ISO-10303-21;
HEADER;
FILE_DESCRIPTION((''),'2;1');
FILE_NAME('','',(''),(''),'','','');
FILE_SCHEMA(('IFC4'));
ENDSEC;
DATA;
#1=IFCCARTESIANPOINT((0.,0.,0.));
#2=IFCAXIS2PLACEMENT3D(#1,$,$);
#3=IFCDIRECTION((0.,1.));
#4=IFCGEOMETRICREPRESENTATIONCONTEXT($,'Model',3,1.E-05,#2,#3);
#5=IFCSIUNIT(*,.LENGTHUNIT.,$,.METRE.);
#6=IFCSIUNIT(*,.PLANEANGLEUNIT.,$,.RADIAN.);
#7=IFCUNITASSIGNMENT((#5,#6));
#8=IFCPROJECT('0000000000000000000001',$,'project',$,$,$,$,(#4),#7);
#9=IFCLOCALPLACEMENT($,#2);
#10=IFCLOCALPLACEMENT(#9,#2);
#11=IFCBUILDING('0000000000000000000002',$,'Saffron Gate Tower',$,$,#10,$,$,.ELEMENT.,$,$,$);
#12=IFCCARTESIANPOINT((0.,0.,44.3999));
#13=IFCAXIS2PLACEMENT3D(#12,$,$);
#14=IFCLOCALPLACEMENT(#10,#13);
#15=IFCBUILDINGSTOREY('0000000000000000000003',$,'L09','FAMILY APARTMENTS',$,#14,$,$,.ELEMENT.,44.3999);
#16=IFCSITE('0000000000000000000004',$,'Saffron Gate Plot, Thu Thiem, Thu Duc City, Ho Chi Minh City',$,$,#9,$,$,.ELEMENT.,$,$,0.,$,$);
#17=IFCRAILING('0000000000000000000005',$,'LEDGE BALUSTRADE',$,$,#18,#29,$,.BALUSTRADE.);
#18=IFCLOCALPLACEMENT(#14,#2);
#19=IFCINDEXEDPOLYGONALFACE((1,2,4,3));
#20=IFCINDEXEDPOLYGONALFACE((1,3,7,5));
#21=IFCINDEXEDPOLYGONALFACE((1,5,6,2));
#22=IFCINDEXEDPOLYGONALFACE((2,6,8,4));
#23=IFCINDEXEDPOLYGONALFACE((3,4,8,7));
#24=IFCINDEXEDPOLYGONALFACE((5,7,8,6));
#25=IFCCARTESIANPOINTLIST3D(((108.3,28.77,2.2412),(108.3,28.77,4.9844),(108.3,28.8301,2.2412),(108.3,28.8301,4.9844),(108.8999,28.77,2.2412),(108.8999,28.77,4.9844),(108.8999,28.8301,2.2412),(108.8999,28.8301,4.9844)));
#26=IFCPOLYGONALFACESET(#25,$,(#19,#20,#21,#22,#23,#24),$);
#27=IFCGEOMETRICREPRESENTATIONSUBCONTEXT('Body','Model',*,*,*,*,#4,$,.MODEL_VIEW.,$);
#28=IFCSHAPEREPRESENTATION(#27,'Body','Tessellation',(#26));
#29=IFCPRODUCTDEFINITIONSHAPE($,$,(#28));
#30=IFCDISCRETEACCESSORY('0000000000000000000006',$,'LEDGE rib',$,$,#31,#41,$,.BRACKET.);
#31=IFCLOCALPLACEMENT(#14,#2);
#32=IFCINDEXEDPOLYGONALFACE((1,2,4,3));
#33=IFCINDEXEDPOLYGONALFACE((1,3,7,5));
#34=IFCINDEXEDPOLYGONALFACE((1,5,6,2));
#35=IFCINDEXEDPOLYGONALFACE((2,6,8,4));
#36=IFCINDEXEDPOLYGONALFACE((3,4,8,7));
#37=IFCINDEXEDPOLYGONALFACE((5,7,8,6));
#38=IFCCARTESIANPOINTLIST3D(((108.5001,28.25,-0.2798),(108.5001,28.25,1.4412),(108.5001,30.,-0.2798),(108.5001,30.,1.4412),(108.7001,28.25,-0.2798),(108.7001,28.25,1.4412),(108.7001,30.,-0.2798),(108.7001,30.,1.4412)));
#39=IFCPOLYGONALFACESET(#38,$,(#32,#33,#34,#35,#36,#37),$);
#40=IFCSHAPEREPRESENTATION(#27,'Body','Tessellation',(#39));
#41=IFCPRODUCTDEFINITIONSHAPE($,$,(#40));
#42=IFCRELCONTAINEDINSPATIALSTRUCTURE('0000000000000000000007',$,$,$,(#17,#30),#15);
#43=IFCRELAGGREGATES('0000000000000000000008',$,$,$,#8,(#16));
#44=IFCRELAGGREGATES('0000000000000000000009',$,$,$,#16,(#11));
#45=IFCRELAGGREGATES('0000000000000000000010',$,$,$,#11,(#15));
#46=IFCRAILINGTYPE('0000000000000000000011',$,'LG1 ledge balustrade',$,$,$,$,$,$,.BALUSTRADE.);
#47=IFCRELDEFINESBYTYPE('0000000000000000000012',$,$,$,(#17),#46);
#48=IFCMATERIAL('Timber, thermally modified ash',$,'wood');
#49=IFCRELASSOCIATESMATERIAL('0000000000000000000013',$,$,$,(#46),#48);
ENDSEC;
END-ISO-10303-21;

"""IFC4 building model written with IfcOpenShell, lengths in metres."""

from ifc_helpers import new_model, si_unit, direction, frame, origin, origin_2d, place, context, subcontext, project, spatial, rectangle, extrude, material, type_object, element, save


model = new_model("IFC4")

# Units and contexts
model_context = context("Model", 3, precision=1e-05, world=origin(), true_north=direction((0.0, 1.0)))
body_context = subcontext(model_context, "Body", "Model", "MODEL_VIEW")
ifc_project = project(units=[si_unit("LENGTHUNIT", "METRE"), si_unit("PLANEANGLEUNIT", "RADIAN")], contexts=[model_context])

# Site, building, storey
site_placement = place(None, origin())
site = spatial("IfcSite", under=ifc_project, at=site_placement, Name="Saffron Gate Plot, Thu Thiem, Thu Duc City, Ho Chi Minh City", CompositionType="ELEMENT", RefElevation=0.0)
building_placement = place(site_placement, origin())
building = spatial("IfcBuilding", under=site, at=building_placement, Name="Saffron Gate Tower", CompositionType="ELEMENT")
storey_placement = place(building_placement, frame((0.0, 0.0, 44.3999)))
storey = spatial("IfcBuildingStorey", under=building, at=storey_placement, Name="L09", Description="FAMILY APARTMENTS", CompositionType="ELEMENT", Elevation=44.3999)

# Shared definitions
ifc_material_1 = material(Name="Timber, thermally modified ash", Category="wood")

# Railing
railing_type_1 = type_object("IfcRailingType", Name="LG1 ledge balustrade", PredefinedType="BALUSTRADE", material=ifc_material_1)
railing_1_placement = place(storey_placement, frame((108.3, 28.8, 2.2412)))
element("IfcRailing", 1, at=railing_1_placement, inside=storey, type_object=railing_type_1, Name="LEDGE BALUSTRADE", PredefinedType="BALUSTRADE", context=body_context, shape_type="SweptSolid", body=[
    extrude(rectangle(XDim=0.0601, YDim=2.7432, at=origin_2d()), frame((0.0, 0.0, 1.3716), z_axis=(1.0, 0.0, 0.0), x_axis=(0.0, 1.0, 0.0)), (0.0, 0.0, 1.0), 0.5999),
])

# Discrete accessory
discrete_accessory_placement = place(storey_placement, frame((108.6001, 29.125, -0.2798), z_axis=(0.0, 0.0, 1.0), x_axis=(1.0, 0.0, 0.0)))
element("IfcDiscreteAccessory", 2, at=discrete_accessory_placement, inside=storey, Name="LEDGE rib", PredefinedType="BRACKET", context=body_context, shape_type="SweptSolid", body=[
    extrude(rectangle(XDim=0.2, YDim=1.75, at=origin_2d()), origin(), (0.0, 0.0, 1.0), 1.7209),
])

save(model, "model.ifc")
